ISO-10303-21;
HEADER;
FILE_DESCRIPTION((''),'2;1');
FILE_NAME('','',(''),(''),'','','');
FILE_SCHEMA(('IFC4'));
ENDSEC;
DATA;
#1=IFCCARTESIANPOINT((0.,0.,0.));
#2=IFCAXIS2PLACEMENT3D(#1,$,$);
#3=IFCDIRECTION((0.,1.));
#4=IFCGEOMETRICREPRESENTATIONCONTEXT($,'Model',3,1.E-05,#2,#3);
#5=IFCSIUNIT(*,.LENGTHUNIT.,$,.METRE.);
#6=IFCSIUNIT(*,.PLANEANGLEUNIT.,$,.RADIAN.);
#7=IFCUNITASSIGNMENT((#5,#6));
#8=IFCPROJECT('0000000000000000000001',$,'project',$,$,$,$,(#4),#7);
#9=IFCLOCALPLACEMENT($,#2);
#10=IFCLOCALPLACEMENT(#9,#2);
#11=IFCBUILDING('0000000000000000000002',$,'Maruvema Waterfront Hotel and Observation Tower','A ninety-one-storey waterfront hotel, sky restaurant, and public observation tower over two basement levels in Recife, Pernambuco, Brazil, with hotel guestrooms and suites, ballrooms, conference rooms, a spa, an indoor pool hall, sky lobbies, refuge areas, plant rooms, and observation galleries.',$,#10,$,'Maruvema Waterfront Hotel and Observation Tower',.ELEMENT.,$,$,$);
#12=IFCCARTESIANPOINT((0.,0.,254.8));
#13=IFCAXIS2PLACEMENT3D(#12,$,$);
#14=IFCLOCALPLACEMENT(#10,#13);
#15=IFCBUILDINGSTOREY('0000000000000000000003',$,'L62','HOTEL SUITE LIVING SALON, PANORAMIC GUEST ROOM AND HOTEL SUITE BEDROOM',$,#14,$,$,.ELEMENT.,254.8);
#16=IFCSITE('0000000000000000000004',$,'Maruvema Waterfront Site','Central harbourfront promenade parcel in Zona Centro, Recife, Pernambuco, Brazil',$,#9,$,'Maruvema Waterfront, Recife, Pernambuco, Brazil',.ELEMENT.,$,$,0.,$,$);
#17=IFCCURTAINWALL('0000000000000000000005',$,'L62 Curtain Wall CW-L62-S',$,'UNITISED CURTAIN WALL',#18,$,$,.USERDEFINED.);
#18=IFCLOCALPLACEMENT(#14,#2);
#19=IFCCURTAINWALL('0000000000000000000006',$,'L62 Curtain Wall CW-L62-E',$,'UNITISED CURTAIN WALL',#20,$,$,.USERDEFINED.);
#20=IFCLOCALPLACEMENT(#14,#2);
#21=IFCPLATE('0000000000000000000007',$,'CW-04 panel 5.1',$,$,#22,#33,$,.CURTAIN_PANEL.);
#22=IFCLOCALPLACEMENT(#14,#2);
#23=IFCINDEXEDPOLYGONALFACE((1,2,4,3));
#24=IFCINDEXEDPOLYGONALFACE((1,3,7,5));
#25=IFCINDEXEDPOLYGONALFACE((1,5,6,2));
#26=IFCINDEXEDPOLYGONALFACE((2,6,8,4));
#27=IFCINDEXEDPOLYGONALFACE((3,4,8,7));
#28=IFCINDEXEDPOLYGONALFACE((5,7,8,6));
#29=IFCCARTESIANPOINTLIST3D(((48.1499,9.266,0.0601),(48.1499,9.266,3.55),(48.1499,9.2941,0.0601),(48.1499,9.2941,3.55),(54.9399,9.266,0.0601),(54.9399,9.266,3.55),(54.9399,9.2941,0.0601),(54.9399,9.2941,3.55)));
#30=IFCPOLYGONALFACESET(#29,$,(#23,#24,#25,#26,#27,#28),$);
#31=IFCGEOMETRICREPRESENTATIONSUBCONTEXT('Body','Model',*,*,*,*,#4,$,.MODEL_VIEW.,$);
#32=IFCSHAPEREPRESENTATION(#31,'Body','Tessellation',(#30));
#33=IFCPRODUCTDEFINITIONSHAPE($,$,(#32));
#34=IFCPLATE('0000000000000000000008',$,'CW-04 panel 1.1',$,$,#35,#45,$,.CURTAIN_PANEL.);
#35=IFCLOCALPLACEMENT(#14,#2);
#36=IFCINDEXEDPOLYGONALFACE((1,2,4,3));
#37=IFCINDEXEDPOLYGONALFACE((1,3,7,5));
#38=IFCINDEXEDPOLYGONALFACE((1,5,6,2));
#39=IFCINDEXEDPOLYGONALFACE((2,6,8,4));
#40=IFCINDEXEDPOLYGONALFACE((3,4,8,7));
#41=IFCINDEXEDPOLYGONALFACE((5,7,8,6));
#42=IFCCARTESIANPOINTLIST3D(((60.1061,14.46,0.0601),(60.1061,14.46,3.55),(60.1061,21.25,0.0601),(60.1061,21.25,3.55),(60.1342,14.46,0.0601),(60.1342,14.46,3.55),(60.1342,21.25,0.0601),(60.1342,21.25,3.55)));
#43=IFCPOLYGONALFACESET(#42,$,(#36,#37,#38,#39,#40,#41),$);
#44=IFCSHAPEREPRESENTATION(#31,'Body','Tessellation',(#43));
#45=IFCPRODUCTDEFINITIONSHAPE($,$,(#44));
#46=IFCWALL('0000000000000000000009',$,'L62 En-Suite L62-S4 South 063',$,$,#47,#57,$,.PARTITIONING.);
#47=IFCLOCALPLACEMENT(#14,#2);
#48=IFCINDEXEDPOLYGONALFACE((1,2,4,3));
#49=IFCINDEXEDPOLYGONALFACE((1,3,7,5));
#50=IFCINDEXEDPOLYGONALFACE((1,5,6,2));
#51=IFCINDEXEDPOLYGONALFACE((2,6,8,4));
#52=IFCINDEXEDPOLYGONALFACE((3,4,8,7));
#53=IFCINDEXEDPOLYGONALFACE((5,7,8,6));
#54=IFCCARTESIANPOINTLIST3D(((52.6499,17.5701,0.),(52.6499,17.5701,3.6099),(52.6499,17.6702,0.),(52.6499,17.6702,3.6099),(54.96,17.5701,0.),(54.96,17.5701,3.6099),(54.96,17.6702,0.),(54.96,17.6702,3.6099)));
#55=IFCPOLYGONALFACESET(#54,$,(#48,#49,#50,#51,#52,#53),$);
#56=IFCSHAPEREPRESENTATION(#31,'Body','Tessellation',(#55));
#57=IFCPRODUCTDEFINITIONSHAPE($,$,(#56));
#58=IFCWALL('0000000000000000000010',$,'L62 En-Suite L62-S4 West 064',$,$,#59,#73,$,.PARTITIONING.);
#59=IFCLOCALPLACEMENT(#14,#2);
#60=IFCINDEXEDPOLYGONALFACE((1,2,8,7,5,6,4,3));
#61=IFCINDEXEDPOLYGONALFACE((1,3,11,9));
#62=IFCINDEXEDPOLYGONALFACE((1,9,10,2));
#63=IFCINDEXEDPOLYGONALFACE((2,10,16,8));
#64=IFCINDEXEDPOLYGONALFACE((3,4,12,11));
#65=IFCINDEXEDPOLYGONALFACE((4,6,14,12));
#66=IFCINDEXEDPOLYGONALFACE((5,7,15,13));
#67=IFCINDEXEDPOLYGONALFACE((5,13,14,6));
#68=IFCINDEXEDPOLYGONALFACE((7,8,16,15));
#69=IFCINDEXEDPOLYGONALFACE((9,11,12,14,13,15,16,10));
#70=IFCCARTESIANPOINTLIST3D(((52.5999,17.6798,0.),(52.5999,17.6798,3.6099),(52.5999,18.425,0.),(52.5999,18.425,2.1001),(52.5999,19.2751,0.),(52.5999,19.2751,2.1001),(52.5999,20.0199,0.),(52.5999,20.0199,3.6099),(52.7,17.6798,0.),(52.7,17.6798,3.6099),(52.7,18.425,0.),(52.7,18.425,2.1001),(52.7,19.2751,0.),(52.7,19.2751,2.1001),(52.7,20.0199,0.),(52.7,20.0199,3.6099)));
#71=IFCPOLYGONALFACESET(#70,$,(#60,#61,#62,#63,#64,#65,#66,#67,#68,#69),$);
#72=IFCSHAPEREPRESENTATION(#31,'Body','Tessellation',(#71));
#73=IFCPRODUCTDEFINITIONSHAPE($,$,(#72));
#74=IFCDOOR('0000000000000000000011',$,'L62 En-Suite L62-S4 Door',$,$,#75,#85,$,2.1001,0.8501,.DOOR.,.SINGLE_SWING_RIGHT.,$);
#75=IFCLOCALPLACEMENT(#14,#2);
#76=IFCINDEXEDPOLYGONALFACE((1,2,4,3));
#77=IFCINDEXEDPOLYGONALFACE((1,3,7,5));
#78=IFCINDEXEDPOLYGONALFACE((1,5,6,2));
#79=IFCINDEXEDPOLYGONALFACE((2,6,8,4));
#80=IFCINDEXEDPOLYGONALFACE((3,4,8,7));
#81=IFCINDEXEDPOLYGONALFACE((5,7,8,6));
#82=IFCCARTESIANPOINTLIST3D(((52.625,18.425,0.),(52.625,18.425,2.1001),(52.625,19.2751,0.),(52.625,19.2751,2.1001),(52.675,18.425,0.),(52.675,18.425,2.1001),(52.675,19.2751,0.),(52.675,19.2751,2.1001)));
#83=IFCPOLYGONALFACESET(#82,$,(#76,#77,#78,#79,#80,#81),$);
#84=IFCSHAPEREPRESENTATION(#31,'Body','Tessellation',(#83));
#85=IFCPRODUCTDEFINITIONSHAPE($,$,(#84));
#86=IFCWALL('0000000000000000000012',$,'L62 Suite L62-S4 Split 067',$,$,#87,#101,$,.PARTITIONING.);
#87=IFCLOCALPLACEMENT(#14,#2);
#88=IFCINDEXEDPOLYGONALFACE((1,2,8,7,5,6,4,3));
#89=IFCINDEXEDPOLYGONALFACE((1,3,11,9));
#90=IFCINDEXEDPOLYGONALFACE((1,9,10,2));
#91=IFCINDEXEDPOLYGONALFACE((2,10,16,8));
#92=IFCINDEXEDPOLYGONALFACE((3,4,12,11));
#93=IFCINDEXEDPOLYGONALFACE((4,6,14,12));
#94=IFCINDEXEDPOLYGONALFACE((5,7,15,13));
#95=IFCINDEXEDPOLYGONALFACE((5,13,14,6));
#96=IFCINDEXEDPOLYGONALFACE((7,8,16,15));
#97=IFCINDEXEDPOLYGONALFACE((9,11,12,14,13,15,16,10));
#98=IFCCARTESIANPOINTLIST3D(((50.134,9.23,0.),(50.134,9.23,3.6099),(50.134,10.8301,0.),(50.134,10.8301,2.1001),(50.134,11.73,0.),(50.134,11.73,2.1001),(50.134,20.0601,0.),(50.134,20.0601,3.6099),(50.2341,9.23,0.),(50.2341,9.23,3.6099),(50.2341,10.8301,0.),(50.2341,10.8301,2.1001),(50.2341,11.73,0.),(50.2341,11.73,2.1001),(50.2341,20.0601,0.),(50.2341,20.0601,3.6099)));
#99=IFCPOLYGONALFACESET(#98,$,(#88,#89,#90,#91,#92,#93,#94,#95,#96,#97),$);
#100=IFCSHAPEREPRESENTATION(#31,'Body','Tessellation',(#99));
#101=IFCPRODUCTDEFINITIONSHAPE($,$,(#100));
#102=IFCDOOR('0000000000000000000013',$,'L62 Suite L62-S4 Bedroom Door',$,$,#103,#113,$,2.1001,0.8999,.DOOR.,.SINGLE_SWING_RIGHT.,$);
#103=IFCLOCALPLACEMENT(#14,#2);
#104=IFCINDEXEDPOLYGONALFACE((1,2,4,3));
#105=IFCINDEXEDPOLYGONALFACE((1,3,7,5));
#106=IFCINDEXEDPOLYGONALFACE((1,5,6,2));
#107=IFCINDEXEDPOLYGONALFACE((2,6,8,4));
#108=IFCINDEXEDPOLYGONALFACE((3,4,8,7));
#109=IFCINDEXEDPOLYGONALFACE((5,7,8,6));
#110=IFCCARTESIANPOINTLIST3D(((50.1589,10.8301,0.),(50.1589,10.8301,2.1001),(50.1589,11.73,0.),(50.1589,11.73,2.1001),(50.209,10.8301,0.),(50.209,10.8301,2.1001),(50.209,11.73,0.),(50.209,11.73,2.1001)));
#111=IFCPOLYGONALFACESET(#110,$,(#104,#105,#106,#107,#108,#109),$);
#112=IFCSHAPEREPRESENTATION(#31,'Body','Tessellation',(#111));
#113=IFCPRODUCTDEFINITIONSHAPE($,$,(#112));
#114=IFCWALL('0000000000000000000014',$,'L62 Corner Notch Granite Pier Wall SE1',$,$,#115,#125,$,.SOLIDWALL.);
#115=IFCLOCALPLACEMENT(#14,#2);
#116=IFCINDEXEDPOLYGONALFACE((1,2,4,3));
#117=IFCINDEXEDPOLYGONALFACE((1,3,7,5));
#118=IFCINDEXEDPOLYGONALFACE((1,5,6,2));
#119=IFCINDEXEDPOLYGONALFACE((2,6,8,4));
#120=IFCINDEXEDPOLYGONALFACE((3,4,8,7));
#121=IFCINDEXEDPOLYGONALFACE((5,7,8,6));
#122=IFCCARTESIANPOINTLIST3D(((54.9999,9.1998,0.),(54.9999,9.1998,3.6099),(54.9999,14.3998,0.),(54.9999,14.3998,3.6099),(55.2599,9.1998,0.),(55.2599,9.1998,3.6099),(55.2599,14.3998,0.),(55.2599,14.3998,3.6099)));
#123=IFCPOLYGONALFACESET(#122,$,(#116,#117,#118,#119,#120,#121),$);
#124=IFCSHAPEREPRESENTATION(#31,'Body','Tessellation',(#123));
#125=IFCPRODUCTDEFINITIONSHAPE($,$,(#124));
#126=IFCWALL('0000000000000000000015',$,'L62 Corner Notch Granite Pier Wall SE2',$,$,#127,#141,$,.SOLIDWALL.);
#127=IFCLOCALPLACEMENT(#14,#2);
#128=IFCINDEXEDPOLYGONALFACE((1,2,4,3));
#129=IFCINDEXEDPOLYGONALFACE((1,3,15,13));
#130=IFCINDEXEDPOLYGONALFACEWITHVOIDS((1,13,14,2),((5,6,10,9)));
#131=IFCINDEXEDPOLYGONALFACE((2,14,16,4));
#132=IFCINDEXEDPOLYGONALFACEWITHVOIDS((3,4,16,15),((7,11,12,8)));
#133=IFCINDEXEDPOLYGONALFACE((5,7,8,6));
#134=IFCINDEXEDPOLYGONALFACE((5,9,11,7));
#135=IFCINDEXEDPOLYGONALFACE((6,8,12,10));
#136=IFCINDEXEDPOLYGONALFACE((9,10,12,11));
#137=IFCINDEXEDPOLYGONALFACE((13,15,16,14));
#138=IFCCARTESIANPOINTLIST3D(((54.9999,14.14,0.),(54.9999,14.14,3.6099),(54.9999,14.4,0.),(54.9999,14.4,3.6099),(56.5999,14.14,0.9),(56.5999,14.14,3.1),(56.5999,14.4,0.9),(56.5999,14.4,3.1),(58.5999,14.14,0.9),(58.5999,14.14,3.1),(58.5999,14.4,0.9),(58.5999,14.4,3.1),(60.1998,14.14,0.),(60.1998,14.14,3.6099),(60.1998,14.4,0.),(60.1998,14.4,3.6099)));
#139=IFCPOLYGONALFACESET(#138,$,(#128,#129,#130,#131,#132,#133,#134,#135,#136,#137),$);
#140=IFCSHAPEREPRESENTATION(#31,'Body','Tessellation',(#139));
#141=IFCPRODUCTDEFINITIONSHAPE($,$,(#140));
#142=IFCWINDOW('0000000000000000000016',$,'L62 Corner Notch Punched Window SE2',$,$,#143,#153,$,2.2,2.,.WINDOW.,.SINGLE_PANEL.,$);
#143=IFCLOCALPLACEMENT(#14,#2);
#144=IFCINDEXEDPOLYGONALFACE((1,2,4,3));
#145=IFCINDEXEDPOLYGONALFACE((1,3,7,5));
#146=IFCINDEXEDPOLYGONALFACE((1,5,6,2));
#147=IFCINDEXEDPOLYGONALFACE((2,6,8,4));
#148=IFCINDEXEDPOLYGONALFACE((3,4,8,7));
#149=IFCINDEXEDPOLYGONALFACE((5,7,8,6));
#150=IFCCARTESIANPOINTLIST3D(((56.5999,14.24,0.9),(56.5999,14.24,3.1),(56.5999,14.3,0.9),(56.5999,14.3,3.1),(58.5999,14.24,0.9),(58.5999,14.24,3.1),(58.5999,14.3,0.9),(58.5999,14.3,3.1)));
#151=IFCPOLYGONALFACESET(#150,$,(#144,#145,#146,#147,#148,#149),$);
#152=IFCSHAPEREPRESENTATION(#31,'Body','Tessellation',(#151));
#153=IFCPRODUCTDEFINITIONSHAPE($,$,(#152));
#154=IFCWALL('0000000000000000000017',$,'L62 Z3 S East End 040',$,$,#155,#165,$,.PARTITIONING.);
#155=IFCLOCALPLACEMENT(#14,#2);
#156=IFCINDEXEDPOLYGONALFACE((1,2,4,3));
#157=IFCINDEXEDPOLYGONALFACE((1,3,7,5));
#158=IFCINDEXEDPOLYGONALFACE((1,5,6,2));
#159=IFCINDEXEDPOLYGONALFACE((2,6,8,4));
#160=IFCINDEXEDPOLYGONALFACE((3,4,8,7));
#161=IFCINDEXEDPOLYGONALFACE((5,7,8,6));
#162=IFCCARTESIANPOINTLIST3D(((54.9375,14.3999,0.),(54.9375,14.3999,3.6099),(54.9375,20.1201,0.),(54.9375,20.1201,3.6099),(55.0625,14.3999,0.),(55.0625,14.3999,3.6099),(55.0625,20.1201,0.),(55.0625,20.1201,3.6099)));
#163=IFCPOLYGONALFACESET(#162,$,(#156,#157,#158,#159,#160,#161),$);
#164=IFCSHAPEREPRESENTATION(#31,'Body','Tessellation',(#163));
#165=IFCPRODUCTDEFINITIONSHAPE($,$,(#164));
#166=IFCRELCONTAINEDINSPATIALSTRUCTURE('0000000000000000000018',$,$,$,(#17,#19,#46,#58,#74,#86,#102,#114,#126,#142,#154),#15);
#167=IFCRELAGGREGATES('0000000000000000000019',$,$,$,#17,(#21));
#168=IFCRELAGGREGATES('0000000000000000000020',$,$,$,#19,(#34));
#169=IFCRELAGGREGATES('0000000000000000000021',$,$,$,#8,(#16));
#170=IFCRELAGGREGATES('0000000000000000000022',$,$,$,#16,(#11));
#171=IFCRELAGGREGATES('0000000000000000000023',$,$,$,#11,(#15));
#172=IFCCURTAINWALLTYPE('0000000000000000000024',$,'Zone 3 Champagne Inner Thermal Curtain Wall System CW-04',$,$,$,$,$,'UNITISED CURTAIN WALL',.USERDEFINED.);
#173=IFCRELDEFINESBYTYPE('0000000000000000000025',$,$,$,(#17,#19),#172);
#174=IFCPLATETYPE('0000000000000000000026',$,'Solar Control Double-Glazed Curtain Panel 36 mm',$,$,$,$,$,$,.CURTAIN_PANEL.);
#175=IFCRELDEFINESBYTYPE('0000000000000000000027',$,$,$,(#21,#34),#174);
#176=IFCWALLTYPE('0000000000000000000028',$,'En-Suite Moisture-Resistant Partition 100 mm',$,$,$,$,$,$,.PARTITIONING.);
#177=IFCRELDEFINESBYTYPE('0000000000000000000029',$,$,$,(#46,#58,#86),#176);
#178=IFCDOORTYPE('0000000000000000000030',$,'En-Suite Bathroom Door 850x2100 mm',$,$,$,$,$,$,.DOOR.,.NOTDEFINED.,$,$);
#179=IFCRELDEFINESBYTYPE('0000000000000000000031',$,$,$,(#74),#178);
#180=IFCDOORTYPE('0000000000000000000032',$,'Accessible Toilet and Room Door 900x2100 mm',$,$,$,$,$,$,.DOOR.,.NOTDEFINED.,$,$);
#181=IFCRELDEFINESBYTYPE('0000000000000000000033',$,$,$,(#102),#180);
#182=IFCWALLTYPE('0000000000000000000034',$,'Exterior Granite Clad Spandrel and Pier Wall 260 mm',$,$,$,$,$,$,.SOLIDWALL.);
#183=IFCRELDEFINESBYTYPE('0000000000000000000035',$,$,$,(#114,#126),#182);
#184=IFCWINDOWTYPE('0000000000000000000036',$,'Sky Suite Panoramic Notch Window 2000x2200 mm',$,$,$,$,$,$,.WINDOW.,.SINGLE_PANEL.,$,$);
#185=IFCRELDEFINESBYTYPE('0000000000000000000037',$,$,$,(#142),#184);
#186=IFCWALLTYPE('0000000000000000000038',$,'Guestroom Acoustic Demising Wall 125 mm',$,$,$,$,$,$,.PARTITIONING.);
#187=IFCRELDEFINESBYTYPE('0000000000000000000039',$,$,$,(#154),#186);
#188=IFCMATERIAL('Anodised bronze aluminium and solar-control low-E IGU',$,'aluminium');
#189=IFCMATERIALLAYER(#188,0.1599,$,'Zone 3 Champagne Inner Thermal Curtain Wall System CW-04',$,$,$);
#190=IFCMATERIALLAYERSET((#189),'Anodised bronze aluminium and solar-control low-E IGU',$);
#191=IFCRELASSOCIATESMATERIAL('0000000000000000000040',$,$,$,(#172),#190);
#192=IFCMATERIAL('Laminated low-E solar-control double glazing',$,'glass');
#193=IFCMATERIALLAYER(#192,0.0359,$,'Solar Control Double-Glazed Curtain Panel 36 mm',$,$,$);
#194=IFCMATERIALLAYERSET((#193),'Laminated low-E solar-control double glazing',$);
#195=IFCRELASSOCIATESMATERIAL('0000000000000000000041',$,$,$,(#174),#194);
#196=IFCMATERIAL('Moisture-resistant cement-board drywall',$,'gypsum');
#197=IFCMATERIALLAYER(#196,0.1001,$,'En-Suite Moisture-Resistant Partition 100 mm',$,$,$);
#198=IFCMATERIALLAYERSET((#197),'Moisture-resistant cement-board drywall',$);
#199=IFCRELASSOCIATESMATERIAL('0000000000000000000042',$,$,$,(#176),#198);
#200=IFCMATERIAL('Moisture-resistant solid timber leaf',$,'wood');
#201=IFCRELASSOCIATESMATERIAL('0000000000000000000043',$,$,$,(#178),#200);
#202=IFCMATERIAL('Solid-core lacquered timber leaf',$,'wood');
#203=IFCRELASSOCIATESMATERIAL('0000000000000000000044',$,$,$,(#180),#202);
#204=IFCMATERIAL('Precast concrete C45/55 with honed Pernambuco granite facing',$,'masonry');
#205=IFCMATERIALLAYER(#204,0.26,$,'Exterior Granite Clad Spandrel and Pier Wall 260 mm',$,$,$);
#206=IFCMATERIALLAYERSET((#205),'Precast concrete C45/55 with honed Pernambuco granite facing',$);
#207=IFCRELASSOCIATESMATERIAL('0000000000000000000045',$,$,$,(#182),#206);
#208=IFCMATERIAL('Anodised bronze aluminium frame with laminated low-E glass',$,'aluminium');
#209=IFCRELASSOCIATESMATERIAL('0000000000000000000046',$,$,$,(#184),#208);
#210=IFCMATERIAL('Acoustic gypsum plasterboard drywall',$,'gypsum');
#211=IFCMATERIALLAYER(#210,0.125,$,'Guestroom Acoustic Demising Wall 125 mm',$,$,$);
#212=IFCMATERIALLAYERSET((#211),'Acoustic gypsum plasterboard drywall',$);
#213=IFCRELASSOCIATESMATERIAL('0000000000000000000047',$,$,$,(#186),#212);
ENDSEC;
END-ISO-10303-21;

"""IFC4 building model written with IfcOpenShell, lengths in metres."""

from ifc_helpers import new_model, si_unit, direction, frame, frame_2d, origin, origin_2d, place, context, subcontext, project, spatial, rectangle, extrude, material, layer, layer_set, type_object, element, fill, aggregate, save


model = new_model("IFC4")

# Units and contexts
model_context = context("Model", 3, precision=1e-05, world=origin(), true_north=direction((0.0, 1.0)))
body_context = subcontext(model_context, "Body", "Model", "MODEL_VIEW")
ifc_project = project(units=[si_unit("LENGTHUNIT", "METRE"), si_unit("PLANEANGLEUNIT", "RADIAN")], contexts=[model_context])

# Site, building, storey
site_placement = place(None, origin())
site = spatial("IfcSite", under=ifc_project, at=site_placement, Name="Maruvema Waterfront Site", Description="Central harbourfront promenade parcel in Zona Centro, Recife, Pernambuco, Brazil", LongName="Maruvema Waterfront, Recife, Pernambuco, Brazil", CompositionType="ELEMENT", RefElevation=0.0)
building_placement = place(site_placement, origin())
building = spatial("IfcBuilding", under=site, at=building_placement, Name="Maruvema Waterfront Hotel and Observation Tower", Description="A ninety-one-storey waterfront hotel, sky restaurant, and public observation tower over two basement levels in Recife, Pernambuco, Brazil, with hotel guestrooms and suites, ballrooms, conference rooms, a spa, an indoor pool hall, sky lobbies, refuge areas, plant rooms, and observation galleries.", LongName="Maruvema Waterfront Hotel and Observation Tower", CompositionType="ELEMENT")
storey_placement = place(building_placement, frame((0.0, 0.0, 254.8)))
storey = spatial("IfcBuildingStorey", under=building, at=storey_placement, Name="L62", Description="HOTEL SUITE LIVING SALON, PANORAMIC GUEST ROOM AND HOTEL SUITE BEDROOM", CompositionType="ELEMENT", Elevation=254.8)

# Curtain walls
ifc_material_1 = material(Name="Anodised bronze aluminium and solar-control low-E IGU", Category="aluminium")
ifc_layer_1 = layer(ifc_material_1, 0.1599, Name="Zone 3 Champagne Inner Thermal Curtain Wall System CW-04")
ifc_layer_set_1 = layer_set([ifc_layer_1], Name="Anodised bronze aluminium and solar-control low-E IGU")
curtain_wall_type = type_object("IfcCurtainWallType", Name="Zone 3 Champagne Inner Thermal Curtain Wall System CW-04", ElementType="UNITISED CURTAIN WALL", PredefinedType="USERDEFINED", material=ifc_layer_set_1)
curtain_wall_1_placement = place(storey_placement, origin())
curtain_wall_1 = element("IfcCurtainWall", 1, at=curtain_wall_1_placement, inside=storey, type_object=curtain_wall_type, Name="L62 Curtain Wall CW-L62-S", ObjectType="UNITISED CURTAIN WALL", PredefinedType="USERDEFINED")
curtain_wall_2_placement = place(storey_placement, origin())
curtain_wall_2 = element("IfcCurtainWall", 2, at=curtain_wall_2_placement, inside=storey, type_object=curtain_wall_type, Name="L62 Curtain Wall CW-L62-E", ObjectType="UNITISED CURTAIN WALL", PredefinedType="USERDEFINED")

# Plates
ifc_material_2 = material(Name="Laminated low-E solar-control double glazing", Category="glass")
ifc_layer_2 = layer(ifc_material_2, 0.0359, Name="Solar Control Double-Glazed Curtain Panel 36 mm")
ifc_layer_set_2 = layer_set([ifc_layer_2], Name="Laminated low-E solar-control double glazing")
plate_type = type_object("IfcPlateType", Name="Solar Control Double-Glazed Curtain Panel 36 mm", PredefinedType="CURTAIN_PANEL", material=ifc_layer_set_2)
plate_1_placement = place(storey_placement, frame((51.5449, 9.28, 0.0601), z_axis=(0.0, 0.0, 1.0), x_axis=(1.0, 0.0, 0.0)))
plate_1 = element("IfcPlate", 3, at=plate_1_placement, type_object=plate_type, Name="CW-04 panel 5.1", PredefinedType="CURTAIN_PANEL", context=body_context, shape_type="SweptSolid", body=[
    extrude(rectangle(XDim=6.79, YDim=0.0281, at=origin_2d()), origin(), (0.0, 0.0, 1.0), 3.49),
])
aggregate(curtain_wall_1, [plate_1])
plate_2_placement = place(storey_placement, frame((60.1201, 17.855, 0.0601), z_axis=(0.0, 0.0, 1.0), x_axis=(0.0, 1.0, 0.0)))
plate_2 = element("IfcPlate", 4, at=plate_2_placement, type_object=plate_type, Name="CW-04 panel 1.1", PredefinedType="CURTAIN_PANEL", context=body_context, shape_type="SweptSolid", body=[
    extrude(rectangle(XDim=6.79, YDim=0.0281, at=origin_2d()), origin(), (0.0, 0.0, 1.0), 3.49),
])
aggregate(curtain_wall_2, [plate_2])

# Wall
ifc_material_3 = material(Name="Moisture-resistant cement-board drywall", Category="gypsum")
ifc_layer_3 = layer(ifc_material_3, 0.1001, Name="En-Suite Moisture-Resistant Partition 100 mm")
ifc_layer_set_3 = layer_set([ifc_layer_3], Name="Moisture-resistant cement-board drywall")
wall_type_1 = type_object("IfcWallType", Name="En-Suite Moisture-Resistant Partition 100 mm", PredefinedType="PARTITIONING", material=ifc_layer_set_3)
wall_1_placement = place(storey_placement, frame((52.6499, 17.6201, 0.0), z_axis=(0.0, 0.0, 1.0), x_axis=(1.0, 0.0, 0.0)))
element("IfcWall", 5, at=wall_1_placement, inside=storey, type_object=wall_type_1, Name="L62 En-Suite L62-S4 South 063", PredefinedType="PARTITIONING", context=body_context, shape_type="SweptSolid", body=[
    extrude(rectangle(XDim=2.3101, YDim=0.1001, at=frame_2d((1.155, 0.0))), origin(), (0.0, 0.0, 1.0), 3.6099),
])

# Walls, openings, doors
wall_2_placement = place(storey_placement, frame((52.6499, 17.6799, 0.0), z_axis=(0.0, 0.0, 1.0), x_axis=(0.0, 1.0, 0.0)))
wall_2 = element("IfcWall", 6, at=wall_2_placement, inside=storey, type_object=wall_type_1, Name="L62 En-Suite L62-S4 West 064", PredefinedType="PARTITIONING", context=body_context, shape_type="SweptSolid", body=[
    extrude(rectangle(XDim=2.3401, YDim=0.1001, at=frame_2d((1.1699, 0.0))), origin(), (0.0, 0.0, 1.0), 3.6099),
])
opening_1_placement = place(wall_2_placement, frame((0.7451, 0.0, 0.0)))
opening_1 = element("IfcOpeningElement", 7, at=opening_1_placement, cuts=wall_2, PredefinedType="OPENING", context=body_context, shape_type="SweptSolid", body=[
    extrude(rectangle(XDim=0.8501, YDim=2.1001, at=frame_2d((0.425, 1.05))), frame((0.0, 0.0601, 0.0), z_axis=(0.0, -1.0, 0.0), x_axis=(1.0, 0.0, 0.0)), (0.0, 0.0, 1.0), 0.1201),
])
ifc_material_4 = material(Name="Moisture-resistant solid timber leaf", Category="wood")
door_type_1 = type_object("IfcDoorType", Name="En-Suite Bathroom Door 850x2100 mm", OperationType="NOTDEFINED", PredefinedType="DOOR", material=ifc_material_4)
door_1_placement = place(opening_1_placement, origin())
door_1 = element("IfcDoor", 8, at=door_1_placement, inside=storey, type_object=door_type_1, Name="L62 En-Suite L62-S4 Door", OperationType="SINGLE_SWING_RIGHT", OverallHeight=2.1001, OverallWidth=0.8501, PredefinedType="DOOR", context=body_context, shape_type="SweptSolid", body=[
    extrude(rectangle(XDim=0.8501, YDim=2.1001, at=frame_2d((0.425, 1.05))), frame((0.0, 0.0249, 0.0), z_axis=(0.0, -1.0, 0.0), x_axis=(1.0, 0.0, 0.0)), (0.0, 0.0, 1.0), 0.05),
])
fill(opening_1, door_1)
wall_3_placement = place(storey_placement, frame((50.1841, 9.23, 0.0), z_axis=(0.0, 0.0, 1.0), x_axis=(0.0, 1.0, 0.0)))
wall_3 = element("IfcWall", 9, at=wall_3_placement, inside=storey, type_object=wall_type_1, Name="L62 Suite L62-S4 Split 067", PredefinedType="PARTITIONING", context=body_context, shape_type="SweptSolid", body=[
    extrude(rectangle(XDim=10.8301, YDim=0.1001, at=frame_2d((5.415, 0.0))), origin(), (0.0, 0.0, 1.0), 3.6099),
])
opening_2_placement = place(wall_3_placement, frame((1.6001, 0.0, 0.0)))
opening_2 = element("IfcOpeningElement", 10, at=opening_2_placement, cuts=wall_3, PredefinedType="OPENING", context=body_context, shape_type="SweptSolid", body=[
    extrude(rectangle(XDim=0.8999, YDim=2.1001, at=frame_2d((0.45, 1.05))), frame((0.0, 0.0601, 0.0), z_axis=(0.0, -1.0, 0.0), x_axis=(1.0, 0.0, 0.0)), (0.0, 0.0, 1.0), 0.1201),
])
ifc_material_5 = material(Name="Solid-core lacquered timber leaf", Category="wood")
door_type_2 = type_object("IfcDoorType", Name="Accessible Toilet and Room Door 900x2100 mm", OperationType="NOTDEFINED", PredefinedType="DOOR", material=ifc_material_5)
door_2_placement = place(opening_2_placement, frame((0.8999, 0.0, 0.0), z_axis=(0.0, 0.0, 1.0), x_axis=(-1.0, 0.0, 0.0)))
door_2 = element("IfcDoor", 11, at=door_2_placement, inside=storey, type_object=door_type_2, Name="L62 Suite L62-S4 Bedroom Door", OperationType="SINGLE_SWING_RIGHT", OverallHeight=2.1001, OverallWidth=0.8999, PredefinedType="DOOR", context=body_context, shape_type="SweptSolid", body=[
    extrude(rectangle(XDim=0.8999, YDim=2.1001, at=frame_2d((0.45, 1.05))), frame((0.0, 0.0249, 0.0), z_axis=(0.0, -1.0, 0.0), x_axis=(1.0, 0.0, 0.0)), (0.0, 0.0, 1.0), 0.05),
])
fill(opening_2, door_2)

# Wall
ifc_material_6 = material(Name="Precast concrete C45/55 with honed Pernambuco granite facing", Category="masonry")
ifc_layer_4 = layer(ifc_material_6, 0.26, Name="Exterior Granite Clad Spandrel and Pier Wall 260 mm")
ifc_layer_set_4 = layer_set([ifc_layer_4], Name="Precast concrete C45/55 with honed Pernambuco granite facing")
wall_type_2 = type_object("IfcWallType", Name="Exterior Granite Clad Spandrel and Pier Wall 260 mm", PredefinedType="SOLIDWALL", material=ifc_layer_set_4)
wall_4_placement = place(storey_placement, frame((55.1299, 14.3999, 0.0), z_axis=(0.0, 0.0, 1.0), x_axis=(0.0, -1.0, 0.0)))
element("IfcWall", 12, at=wall_4_placement, inside=storey, type_object=wall_type_2, Name="L62 Corner Notch Granite Pier Wall SE1", PredefinedType="SOLIDWALL", context=body_context, shape_type="SweptSolid", body=[
    extrude(rectangle(XDim=5.2, YDim=0.26, at=frame_2d((2.6001, 0.0))), origin(), (0.0, 0.0, 1.0), 3.6099),
])

# Wall, opening, window
wall_5_placement = place(storey_placement, frame((60.2, 14.27, 0.0), z_axis=(0.0, 0.0, 1.0), x_axis=(-1.0, 0.0, 0.0)))
wall_5 = element("IfcWall", 13, at=wall_5_placement, inside=storey, type_object=wall_type_2, Name="L62 Corner Notch Granite Pier Wall SE2", PredefinedType="SOLIDWALL", context=body_context, shape_type="SweptSolid", body=[
    extrude(rectangle(XDim=5.2, YDim=0.26, at=frame_2d((2.6001, 0.0))), origin(), (0.0, 0.0, 1.0), 3.6099),
])
opening_3_placement = place(wall_5_placement, frame((1.6001, 0.0, 0.8999)))
opening_3 = element("IfcOpeningElement", 14, at=opening_3_placement, cuts=wall_5, PredefinedType="OPENING", context=body_context, shape_type="SweptSolid", body=[
    extrude(rectangle(XDim=2.0, YDim=2.2, at=frame_2d((1.0, 1.1001))), frame((0.0, 0.1401, 0.0), z_axis=(0.0, -1.0, 0.0), x_axis=(1.0, 0.0, 0.0)), (0.0, 0.0, 1.0), 0.28),
])
ifc_material_7 = material(Name="Anodised bronze aluminium frame with laminated low-E glass", Category="aluminium")
window_type = type_object("IfcWindowType", Name="Sky Suite Panoramic Notch Window 2000x2200 mm", PartitioningType="SINGLE_PANEL", PredefinedType="WINDOW", material=ifc_material_7)
window_placement = place(opening_3_placement, origin())
window = element("IfcWindow", 15, at=window_placement, inside=storey, type_object=window_type, Name="L62 Corner Notch Punched Window SE2", OverallHeight=2.2, OverallWidth=2.0, PartitioningType="SINGLE_PANEL", PredefinedType="WINDOW", context=body_context, shape_type="SweptSolid", body=[
    extrude(rectangle(XDim=2.0, YDim=2.2, at=frame_2d((1.0, 1.1001))), frame((0.0, 0.03, 0.0), z_axis=(0.0, -1.0, 0.0), x_axis=(1.0, 0.0, 0.0)), (0.0, 0.0, 1.0), 0.0601),
])
fill(opening_3, window)

# Wall
ifc_material_8 = material(Name="Acoustic gypsum plasterboard drywall", Category="gypsum")
ifc_layer_5 = layer(ifc_material_8, 0.125, Name="Guestroom Acoustic Demising Wall 125 mm")
ifc_layer_set_5 = layer_set([ifc_layer_5], Name="Acoustic gypsum plasterboard drywall")
wall_type_3 = type_object("IfcWallType", Name="Guestroom Acoustic Demising Wall 125 mm", PredefinedType="PARTITIONING", material=ifc_layer_set_5)
wall_6_placement = place(storey_placement, frame((55.0, 14.3999, 0.0), z_axis=(0.0, 0.0, 1.0), x_axis=(0.0, 1.0, 0.0)))
element("IfcWall", 16, at=wall_6_placement, inside=storey, type_object=wall_type_3, Name="L62 Z3 S East End 040", PredefinedType="PARTITIONING", context=body_context, shape_type="SweptSolid", body=[
    extrude(rectangle(XDim=5.7202, YDim=0.125, at=frame_2d((2.8601, 0.0))), origin(), (0.0, 0.0, 1.0), 3.6099),
])

save(model, "model.ifc")
